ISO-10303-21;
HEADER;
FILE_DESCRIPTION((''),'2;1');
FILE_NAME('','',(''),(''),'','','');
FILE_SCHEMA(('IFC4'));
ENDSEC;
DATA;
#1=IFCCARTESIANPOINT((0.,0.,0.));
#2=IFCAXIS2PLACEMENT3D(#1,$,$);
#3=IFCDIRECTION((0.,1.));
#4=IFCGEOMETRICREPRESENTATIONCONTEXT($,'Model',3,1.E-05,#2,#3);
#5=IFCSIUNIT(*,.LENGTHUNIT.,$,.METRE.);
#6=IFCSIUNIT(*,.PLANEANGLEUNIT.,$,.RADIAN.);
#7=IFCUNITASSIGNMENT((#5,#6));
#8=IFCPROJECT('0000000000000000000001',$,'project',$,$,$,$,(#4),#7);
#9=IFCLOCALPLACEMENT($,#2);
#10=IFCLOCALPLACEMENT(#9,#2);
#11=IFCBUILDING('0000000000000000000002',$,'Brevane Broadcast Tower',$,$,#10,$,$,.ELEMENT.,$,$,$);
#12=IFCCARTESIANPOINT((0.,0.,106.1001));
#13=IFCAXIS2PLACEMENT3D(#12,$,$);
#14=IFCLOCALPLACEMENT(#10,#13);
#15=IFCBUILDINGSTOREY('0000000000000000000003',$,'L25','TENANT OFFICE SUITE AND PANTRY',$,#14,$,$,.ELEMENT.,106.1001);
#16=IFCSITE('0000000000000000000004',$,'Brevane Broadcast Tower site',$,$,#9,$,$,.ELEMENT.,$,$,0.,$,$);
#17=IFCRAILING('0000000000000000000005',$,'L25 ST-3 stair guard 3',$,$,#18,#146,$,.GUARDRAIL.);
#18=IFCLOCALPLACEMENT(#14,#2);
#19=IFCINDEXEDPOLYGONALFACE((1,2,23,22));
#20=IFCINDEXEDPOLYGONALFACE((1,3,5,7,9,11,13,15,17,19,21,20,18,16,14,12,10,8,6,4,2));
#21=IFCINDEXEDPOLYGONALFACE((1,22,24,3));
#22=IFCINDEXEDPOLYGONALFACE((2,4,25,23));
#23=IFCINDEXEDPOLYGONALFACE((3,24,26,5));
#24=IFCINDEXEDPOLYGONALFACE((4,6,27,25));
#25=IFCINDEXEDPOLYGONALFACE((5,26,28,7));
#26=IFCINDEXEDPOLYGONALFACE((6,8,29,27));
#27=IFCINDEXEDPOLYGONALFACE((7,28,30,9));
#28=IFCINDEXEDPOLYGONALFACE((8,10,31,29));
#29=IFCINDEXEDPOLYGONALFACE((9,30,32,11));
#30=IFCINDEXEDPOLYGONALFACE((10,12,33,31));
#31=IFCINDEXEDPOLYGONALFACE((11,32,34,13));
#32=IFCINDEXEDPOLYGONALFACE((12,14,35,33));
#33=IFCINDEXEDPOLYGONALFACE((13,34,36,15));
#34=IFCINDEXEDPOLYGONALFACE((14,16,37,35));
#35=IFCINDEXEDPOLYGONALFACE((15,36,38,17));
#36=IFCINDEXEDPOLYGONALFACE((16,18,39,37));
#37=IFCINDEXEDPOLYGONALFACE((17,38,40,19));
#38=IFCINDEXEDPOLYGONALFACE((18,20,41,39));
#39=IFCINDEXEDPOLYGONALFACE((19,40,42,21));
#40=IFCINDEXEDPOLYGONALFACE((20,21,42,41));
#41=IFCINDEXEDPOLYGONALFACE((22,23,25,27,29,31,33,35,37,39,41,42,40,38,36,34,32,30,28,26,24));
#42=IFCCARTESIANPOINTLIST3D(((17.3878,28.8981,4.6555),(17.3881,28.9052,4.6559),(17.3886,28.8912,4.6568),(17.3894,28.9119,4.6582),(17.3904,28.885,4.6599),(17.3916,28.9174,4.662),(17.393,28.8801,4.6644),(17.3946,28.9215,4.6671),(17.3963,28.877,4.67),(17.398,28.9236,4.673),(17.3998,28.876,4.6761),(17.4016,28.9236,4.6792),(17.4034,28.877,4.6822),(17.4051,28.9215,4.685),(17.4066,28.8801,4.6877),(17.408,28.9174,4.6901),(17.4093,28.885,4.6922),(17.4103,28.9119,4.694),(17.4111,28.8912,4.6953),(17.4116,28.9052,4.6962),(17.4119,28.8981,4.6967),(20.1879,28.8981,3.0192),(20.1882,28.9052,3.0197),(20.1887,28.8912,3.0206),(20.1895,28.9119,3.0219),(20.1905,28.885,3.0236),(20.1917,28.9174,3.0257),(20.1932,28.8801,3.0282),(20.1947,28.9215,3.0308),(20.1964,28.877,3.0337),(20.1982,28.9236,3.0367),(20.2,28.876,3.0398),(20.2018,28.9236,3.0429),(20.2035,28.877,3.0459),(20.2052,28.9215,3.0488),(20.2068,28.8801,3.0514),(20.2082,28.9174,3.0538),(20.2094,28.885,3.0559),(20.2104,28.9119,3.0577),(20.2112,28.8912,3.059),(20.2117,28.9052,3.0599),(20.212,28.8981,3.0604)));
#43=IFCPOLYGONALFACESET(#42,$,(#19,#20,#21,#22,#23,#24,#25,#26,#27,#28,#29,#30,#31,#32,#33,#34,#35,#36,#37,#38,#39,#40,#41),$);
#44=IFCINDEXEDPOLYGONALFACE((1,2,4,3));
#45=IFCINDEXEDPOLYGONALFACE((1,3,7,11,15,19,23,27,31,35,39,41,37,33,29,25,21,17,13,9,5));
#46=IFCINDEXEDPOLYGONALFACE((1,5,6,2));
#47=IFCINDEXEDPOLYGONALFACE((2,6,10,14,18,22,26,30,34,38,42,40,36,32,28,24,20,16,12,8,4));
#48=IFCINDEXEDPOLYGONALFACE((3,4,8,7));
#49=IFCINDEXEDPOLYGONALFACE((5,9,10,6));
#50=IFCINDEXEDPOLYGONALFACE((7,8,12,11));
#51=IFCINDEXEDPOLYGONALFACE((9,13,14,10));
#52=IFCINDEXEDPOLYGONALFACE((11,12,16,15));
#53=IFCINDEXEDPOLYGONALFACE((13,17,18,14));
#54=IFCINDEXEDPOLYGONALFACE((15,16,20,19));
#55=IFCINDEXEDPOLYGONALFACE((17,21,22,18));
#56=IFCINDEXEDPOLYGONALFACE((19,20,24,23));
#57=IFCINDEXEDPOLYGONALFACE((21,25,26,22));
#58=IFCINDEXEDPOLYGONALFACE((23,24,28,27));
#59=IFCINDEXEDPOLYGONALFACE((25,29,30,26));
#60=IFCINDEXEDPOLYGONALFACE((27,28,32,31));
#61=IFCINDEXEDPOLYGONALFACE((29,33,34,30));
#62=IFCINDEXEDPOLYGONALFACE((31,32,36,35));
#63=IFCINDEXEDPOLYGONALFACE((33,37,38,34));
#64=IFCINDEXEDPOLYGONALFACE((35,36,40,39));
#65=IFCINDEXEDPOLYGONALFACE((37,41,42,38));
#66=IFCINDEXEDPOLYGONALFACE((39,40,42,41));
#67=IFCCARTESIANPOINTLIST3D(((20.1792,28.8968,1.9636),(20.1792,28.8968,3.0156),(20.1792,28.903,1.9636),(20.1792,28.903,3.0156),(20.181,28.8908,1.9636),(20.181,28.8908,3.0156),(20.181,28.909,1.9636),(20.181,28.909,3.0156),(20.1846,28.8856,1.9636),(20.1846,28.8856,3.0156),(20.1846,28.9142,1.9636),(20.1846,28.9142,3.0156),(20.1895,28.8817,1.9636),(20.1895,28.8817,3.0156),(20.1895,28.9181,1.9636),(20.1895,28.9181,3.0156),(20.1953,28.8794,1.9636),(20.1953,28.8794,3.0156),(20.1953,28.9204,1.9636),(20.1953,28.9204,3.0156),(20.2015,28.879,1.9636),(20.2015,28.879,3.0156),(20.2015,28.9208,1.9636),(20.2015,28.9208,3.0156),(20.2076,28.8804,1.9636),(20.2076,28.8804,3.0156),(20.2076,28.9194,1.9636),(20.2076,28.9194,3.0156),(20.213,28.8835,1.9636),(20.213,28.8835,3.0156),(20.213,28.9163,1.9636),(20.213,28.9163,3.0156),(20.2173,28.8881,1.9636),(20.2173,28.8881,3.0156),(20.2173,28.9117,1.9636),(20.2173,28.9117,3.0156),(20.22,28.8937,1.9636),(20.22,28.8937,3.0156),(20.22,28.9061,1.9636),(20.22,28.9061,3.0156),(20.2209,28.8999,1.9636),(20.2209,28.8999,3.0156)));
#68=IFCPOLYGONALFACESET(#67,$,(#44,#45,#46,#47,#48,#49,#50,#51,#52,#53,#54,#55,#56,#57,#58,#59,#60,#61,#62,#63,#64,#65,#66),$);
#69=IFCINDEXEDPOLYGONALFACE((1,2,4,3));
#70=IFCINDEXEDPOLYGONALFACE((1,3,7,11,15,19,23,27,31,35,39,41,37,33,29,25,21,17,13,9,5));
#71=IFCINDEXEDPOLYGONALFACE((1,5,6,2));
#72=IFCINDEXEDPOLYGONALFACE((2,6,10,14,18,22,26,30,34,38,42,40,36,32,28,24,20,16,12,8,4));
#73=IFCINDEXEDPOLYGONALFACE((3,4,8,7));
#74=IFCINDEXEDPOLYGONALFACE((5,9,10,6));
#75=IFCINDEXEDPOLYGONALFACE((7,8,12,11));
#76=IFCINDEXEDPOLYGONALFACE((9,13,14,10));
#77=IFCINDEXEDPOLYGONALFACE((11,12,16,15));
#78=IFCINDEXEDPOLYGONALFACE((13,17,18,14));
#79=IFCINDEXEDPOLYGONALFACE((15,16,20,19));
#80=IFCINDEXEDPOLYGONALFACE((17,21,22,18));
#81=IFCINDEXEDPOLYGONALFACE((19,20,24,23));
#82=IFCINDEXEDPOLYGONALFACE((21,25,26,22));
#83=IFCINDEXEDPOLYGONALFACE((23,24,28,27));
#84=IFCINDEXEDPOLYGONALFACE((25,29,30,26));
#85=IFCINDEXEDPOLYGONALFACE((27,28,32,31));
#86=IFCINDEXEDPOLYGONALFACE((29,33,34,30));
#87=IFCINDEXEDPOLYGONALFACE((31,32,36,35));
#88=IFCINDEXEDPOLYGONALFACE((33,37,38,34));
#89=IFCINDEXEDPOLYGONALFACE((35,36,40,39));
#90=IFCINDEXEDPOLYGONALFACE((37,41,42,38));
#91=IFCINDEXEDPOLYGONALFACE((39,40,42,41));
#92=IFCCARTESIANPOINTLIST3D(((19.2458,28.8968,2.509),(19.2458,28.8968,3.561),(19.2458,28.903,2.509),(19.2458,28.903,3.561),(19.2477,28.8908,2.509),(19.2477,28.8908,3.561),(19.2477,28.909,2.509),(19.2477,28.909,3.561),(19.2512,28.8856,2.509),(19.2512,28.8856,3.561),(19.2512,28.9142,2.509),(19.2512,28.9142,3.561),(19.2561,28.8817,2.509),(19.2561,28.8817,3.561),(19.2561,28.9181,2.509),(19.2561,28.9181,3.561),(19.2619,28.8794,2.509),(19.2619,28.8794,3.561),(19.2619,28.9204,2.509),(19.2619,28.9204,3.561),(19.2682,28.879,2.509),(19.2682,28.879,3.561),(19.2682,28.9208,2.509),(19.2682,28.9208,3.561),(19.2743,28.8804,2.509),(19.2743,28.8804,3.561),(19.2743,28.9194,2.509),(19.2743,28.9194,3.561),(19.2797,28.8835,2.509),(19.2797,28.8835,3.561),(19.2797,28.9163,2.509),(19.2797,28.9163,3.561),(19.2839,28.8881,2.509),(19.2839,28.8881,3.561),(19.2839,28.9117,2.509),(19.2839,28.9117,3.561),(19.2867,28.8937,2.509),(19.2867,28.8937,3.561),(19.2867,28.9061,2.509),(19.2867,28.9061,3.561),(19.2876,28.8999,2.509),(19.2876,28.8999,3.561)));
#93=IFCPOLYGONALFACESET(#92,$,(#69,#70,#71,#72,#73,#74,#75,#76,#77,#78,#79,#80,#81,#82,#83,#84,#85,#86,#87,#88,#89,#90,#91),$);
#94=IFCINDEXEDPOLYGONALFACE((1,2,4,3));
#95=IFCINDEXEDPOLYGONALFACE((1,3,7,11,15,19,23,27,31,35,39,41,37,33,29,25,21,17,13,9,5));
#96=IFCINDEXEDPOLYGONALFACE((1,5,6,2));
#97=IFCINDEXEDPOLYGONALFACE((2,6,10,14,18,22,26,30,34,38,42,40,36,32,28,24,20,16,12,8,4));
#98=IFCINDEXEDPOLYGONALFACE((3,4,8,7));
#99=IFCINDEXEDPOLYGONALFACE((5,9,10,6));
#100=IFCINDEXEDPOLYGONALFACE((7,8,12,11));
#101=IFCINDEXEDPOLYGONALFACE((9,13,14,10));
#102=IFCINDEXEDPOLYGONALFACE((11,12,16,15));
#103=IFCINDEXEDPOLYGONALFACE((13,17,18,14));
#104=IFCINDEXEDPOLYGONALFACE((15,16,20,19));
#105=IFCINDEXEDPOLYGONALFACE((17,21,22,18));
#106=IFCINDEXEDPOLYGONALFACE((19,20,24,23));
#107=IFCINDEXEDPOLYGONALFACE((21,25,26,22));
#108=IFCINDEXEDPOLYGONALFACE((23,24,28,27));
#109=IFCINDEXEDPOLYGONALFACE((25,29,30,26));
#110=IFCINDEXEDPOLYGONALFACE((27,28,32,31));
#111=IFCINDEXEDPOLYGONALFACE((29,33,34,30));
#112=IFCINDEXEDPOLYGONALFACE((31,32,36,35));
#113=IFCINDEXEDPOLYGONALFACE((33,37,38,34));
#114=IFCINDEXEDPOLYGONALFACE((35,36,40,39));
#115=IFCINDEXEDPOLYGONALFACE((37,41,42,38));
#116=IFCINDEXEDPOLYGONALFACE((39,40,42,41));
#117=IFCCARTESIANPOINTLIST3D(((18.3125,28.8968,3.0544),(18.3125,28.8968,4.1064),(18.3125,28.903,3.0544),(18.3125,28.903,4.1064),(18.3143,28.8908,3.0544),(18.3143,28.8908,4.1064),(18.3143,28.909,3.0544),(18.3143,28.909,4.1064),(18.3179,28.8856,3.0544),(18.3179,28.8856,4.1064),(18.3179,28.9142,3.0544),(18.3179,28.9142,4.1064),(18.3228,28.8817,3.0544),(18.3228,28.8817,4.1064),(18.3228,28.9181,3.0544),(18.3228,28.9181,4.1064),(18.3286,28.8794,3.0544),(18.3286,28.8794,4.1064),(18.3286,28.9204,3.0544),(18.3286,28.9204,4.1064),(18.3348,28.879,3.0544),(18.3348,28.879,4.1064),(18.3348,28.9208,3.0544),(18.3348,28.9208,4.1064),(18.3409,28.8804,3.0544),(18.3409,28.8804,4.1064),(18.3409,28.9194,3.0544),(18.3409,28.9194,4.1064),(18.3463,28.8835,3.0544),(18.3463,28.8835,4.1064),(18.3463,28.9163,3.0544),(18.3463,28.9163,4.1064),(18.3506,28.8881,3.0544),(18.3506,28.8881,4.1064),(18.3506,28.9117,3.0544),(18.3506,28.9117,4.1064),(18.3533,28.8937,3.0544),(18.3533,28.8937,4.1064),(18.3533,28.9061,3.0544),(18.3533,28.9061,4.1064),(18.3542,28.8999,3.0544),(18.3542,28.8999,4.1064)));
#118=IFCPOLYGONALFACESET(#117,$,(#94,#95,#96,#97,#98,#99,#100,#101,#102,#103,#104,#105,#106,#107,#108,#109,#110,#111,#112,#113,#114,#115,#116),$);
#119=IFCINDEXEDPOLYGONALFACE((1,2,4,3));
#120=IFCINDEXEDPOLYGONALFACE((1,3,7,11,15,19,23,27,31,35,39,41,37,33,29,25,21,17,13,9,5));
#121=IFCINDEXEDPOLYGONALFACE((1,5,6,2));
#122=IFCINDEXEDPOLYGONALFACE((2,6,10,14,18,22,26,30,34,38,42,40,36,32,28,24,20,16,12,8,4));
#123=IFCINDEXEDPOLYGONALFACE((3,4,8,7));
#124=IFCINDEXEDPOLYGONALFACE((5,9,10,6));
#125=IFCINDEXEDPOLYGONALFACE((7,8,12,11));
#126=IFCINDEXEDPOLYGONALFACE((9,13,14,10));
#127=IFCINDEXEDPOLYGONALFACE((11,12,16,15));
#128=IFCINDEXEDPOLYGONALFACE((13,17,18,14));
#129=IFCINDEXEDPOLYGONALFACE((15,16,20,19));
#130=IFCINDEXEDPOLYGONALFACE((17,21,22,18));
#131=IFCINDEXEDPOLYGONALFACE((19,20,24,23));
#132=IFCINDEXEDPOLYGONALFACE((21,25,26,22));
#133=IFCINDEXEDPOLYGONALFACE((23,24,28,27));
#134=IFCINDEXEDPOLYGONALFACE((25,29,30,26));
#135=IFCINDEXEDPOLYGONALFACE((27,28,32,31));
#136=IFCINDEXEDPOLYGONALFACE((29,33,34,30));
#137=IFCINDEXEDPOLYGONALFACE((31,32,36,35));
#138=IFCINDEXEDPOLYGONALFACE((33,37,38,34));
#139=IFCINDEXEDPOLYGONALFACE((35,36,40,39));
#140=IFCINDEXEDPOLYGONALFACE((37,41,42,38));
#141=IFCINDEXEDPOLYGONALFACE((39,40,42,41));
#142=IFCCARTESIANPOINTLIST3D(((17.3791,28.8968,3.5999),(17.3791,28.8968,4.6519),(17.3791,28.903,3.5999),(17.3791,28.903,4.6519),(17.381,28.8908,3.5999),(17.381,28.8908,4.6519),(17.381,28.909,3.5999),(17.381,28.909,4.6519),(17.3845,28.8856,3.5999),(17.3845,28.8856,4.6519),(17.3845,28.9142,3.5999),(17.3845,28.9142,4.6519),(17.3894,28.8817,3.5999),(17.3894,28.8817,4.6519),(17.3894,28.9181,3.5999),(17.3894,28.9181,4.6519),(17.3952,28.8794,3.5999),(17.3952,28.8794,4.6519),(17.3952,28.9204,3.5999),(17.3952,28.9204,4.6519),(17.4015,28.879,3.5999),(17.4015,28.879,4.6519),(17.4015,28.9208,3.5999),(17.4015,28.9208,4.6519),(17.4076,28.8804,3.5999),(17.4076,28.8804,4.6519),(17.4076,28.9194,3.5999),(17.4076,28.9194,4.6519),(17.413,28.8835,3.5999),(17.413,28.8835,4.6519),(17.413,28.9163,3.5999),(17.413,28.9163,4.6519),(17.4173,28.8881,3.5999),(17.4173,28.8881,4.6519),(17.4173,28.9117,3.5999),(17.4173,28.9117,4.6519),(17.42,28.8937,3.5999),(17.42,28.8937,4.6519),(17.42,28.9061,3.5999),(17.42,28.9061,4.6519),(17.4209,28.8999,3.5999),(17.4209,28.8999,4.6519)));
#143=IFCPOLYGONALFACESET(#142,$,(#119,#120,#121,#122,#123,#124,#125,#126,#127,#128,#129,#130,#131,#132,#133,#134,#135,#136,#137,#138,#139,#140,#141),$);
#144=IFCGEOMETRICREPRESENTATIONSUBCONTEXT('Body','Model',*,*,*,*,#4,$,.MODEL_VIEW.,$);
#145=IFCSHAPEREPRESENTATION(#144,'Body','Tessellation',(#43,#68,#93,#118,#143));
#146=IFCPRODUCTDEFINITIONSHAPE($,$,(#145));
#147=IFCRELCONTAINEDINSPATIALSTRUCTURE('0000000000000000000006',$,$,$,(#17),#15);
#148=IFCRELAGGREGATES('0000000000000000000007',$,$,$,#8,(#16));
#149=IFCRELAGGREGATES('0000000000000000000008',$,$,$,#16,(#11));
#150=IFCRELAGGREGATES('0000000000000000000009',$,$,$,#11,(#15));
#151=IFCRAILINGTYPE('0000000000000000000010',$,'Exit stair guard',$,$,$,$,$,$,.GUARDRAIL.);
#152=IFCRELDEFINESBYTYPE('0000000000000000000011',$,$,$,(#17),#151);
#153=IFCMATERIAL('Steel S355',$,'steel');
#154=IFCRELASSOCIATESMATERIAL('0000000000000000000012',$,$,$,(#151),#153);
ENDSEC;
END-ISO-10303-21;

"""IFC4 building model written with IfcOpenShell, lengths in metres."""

from ifc_helpers import new_model, si_unit, direction, frame, origin, origin_2d, place, context, subcontext, project, spatial, circle, extrude, material, type_object, element, save


model = new_model("IFC4")

# Units and contexts
model_context = context("Model", 3, precision=1e-05, world=origin(), true_north=direction((0.0, 1.0)))
body_context = subcontext(model_context, "Body", "Model", "MODEL_VIEW")
ifc_project = project(units=[si_unit("LENGTHUNIT", "METRE"), si_unit("PLANEANGLEUNIT", "RADIAN")], contexts=[model_context])

# Site, building, storey
site_placement = place(None, origin())
site = spatial("IfcSite", under=ifc_project, at=site_placement, Name="Brevane Broadcast Tower site", CompositionType="ELEMENT", RefElevation=0.0)
building_placement = place(site_placement, origin())
building = spatial("IfcBuilding", under=site, at=building_placement, Name="Brevane Broadcast Tower", CompositionType="ELEMENT")
storey_placement = place(building_placement, frame((0.0, 0.0, 106.1001)))
storey = spatial("IfcBuildingStorey", under=building, at=storey_placement, Name="L25", Description="TENANT OFFICE SUITE AND PANTRY", CompositionType="ELEMENT", Elevation=106.1001)

# Railing
ifc_material_1 = material(Name="Steel S355", Category="steel")
railing_type_1 = type_object("IfcRailingType", Name="Exit stair guard", PredefinedType="GUARDRAIL", material=ifc_material_1)
railing_1_placement = place(storey_placement, frame((20.2, 28.8999, 1.9636)))
element("IfcRailing", 1, at=railing_1_placement, inside=storey, type_object=railing_type_1, Name="L25 ST-3 stair guard 3", PredefinedType="GUARDRAIL", context=body_context, shape_type="SweptSolid", body=[
    extrude(circle(Radius=0.0239, at=origin_2d()), frame((0.0, 0.0, 1.0762), z_axis=(-0.863394, 0.0, 0.504531), x_axis=(0.0, -1.0, 0.0)), (0.0, 0.0, 1.0), 3.2432),
    extrude(circle(Radius=0.021, at=origin_2d()), origin(), (0.0, 0.0, 1.0), 1.052),
    extrude(circle(Radius=0.021, at=origin_2d()), frame((-0.9333, 0.0, 0.5454)), (0.0, 0.0, 1.0), 1.052),
    extrude(circle(Radius=0.021, at=origin_2d()), frame((-1.8667, 0.0, 1.0908)), (0.0, 0.0, 1.0), 1.052),
    extrude(circle(Radius=0.021, at=origin_2d()), frame((-2.8, 0.0, 1.6362)), (0.0, 0.0, 1.0), 1.052),
])

save(model, "model.ifc")
